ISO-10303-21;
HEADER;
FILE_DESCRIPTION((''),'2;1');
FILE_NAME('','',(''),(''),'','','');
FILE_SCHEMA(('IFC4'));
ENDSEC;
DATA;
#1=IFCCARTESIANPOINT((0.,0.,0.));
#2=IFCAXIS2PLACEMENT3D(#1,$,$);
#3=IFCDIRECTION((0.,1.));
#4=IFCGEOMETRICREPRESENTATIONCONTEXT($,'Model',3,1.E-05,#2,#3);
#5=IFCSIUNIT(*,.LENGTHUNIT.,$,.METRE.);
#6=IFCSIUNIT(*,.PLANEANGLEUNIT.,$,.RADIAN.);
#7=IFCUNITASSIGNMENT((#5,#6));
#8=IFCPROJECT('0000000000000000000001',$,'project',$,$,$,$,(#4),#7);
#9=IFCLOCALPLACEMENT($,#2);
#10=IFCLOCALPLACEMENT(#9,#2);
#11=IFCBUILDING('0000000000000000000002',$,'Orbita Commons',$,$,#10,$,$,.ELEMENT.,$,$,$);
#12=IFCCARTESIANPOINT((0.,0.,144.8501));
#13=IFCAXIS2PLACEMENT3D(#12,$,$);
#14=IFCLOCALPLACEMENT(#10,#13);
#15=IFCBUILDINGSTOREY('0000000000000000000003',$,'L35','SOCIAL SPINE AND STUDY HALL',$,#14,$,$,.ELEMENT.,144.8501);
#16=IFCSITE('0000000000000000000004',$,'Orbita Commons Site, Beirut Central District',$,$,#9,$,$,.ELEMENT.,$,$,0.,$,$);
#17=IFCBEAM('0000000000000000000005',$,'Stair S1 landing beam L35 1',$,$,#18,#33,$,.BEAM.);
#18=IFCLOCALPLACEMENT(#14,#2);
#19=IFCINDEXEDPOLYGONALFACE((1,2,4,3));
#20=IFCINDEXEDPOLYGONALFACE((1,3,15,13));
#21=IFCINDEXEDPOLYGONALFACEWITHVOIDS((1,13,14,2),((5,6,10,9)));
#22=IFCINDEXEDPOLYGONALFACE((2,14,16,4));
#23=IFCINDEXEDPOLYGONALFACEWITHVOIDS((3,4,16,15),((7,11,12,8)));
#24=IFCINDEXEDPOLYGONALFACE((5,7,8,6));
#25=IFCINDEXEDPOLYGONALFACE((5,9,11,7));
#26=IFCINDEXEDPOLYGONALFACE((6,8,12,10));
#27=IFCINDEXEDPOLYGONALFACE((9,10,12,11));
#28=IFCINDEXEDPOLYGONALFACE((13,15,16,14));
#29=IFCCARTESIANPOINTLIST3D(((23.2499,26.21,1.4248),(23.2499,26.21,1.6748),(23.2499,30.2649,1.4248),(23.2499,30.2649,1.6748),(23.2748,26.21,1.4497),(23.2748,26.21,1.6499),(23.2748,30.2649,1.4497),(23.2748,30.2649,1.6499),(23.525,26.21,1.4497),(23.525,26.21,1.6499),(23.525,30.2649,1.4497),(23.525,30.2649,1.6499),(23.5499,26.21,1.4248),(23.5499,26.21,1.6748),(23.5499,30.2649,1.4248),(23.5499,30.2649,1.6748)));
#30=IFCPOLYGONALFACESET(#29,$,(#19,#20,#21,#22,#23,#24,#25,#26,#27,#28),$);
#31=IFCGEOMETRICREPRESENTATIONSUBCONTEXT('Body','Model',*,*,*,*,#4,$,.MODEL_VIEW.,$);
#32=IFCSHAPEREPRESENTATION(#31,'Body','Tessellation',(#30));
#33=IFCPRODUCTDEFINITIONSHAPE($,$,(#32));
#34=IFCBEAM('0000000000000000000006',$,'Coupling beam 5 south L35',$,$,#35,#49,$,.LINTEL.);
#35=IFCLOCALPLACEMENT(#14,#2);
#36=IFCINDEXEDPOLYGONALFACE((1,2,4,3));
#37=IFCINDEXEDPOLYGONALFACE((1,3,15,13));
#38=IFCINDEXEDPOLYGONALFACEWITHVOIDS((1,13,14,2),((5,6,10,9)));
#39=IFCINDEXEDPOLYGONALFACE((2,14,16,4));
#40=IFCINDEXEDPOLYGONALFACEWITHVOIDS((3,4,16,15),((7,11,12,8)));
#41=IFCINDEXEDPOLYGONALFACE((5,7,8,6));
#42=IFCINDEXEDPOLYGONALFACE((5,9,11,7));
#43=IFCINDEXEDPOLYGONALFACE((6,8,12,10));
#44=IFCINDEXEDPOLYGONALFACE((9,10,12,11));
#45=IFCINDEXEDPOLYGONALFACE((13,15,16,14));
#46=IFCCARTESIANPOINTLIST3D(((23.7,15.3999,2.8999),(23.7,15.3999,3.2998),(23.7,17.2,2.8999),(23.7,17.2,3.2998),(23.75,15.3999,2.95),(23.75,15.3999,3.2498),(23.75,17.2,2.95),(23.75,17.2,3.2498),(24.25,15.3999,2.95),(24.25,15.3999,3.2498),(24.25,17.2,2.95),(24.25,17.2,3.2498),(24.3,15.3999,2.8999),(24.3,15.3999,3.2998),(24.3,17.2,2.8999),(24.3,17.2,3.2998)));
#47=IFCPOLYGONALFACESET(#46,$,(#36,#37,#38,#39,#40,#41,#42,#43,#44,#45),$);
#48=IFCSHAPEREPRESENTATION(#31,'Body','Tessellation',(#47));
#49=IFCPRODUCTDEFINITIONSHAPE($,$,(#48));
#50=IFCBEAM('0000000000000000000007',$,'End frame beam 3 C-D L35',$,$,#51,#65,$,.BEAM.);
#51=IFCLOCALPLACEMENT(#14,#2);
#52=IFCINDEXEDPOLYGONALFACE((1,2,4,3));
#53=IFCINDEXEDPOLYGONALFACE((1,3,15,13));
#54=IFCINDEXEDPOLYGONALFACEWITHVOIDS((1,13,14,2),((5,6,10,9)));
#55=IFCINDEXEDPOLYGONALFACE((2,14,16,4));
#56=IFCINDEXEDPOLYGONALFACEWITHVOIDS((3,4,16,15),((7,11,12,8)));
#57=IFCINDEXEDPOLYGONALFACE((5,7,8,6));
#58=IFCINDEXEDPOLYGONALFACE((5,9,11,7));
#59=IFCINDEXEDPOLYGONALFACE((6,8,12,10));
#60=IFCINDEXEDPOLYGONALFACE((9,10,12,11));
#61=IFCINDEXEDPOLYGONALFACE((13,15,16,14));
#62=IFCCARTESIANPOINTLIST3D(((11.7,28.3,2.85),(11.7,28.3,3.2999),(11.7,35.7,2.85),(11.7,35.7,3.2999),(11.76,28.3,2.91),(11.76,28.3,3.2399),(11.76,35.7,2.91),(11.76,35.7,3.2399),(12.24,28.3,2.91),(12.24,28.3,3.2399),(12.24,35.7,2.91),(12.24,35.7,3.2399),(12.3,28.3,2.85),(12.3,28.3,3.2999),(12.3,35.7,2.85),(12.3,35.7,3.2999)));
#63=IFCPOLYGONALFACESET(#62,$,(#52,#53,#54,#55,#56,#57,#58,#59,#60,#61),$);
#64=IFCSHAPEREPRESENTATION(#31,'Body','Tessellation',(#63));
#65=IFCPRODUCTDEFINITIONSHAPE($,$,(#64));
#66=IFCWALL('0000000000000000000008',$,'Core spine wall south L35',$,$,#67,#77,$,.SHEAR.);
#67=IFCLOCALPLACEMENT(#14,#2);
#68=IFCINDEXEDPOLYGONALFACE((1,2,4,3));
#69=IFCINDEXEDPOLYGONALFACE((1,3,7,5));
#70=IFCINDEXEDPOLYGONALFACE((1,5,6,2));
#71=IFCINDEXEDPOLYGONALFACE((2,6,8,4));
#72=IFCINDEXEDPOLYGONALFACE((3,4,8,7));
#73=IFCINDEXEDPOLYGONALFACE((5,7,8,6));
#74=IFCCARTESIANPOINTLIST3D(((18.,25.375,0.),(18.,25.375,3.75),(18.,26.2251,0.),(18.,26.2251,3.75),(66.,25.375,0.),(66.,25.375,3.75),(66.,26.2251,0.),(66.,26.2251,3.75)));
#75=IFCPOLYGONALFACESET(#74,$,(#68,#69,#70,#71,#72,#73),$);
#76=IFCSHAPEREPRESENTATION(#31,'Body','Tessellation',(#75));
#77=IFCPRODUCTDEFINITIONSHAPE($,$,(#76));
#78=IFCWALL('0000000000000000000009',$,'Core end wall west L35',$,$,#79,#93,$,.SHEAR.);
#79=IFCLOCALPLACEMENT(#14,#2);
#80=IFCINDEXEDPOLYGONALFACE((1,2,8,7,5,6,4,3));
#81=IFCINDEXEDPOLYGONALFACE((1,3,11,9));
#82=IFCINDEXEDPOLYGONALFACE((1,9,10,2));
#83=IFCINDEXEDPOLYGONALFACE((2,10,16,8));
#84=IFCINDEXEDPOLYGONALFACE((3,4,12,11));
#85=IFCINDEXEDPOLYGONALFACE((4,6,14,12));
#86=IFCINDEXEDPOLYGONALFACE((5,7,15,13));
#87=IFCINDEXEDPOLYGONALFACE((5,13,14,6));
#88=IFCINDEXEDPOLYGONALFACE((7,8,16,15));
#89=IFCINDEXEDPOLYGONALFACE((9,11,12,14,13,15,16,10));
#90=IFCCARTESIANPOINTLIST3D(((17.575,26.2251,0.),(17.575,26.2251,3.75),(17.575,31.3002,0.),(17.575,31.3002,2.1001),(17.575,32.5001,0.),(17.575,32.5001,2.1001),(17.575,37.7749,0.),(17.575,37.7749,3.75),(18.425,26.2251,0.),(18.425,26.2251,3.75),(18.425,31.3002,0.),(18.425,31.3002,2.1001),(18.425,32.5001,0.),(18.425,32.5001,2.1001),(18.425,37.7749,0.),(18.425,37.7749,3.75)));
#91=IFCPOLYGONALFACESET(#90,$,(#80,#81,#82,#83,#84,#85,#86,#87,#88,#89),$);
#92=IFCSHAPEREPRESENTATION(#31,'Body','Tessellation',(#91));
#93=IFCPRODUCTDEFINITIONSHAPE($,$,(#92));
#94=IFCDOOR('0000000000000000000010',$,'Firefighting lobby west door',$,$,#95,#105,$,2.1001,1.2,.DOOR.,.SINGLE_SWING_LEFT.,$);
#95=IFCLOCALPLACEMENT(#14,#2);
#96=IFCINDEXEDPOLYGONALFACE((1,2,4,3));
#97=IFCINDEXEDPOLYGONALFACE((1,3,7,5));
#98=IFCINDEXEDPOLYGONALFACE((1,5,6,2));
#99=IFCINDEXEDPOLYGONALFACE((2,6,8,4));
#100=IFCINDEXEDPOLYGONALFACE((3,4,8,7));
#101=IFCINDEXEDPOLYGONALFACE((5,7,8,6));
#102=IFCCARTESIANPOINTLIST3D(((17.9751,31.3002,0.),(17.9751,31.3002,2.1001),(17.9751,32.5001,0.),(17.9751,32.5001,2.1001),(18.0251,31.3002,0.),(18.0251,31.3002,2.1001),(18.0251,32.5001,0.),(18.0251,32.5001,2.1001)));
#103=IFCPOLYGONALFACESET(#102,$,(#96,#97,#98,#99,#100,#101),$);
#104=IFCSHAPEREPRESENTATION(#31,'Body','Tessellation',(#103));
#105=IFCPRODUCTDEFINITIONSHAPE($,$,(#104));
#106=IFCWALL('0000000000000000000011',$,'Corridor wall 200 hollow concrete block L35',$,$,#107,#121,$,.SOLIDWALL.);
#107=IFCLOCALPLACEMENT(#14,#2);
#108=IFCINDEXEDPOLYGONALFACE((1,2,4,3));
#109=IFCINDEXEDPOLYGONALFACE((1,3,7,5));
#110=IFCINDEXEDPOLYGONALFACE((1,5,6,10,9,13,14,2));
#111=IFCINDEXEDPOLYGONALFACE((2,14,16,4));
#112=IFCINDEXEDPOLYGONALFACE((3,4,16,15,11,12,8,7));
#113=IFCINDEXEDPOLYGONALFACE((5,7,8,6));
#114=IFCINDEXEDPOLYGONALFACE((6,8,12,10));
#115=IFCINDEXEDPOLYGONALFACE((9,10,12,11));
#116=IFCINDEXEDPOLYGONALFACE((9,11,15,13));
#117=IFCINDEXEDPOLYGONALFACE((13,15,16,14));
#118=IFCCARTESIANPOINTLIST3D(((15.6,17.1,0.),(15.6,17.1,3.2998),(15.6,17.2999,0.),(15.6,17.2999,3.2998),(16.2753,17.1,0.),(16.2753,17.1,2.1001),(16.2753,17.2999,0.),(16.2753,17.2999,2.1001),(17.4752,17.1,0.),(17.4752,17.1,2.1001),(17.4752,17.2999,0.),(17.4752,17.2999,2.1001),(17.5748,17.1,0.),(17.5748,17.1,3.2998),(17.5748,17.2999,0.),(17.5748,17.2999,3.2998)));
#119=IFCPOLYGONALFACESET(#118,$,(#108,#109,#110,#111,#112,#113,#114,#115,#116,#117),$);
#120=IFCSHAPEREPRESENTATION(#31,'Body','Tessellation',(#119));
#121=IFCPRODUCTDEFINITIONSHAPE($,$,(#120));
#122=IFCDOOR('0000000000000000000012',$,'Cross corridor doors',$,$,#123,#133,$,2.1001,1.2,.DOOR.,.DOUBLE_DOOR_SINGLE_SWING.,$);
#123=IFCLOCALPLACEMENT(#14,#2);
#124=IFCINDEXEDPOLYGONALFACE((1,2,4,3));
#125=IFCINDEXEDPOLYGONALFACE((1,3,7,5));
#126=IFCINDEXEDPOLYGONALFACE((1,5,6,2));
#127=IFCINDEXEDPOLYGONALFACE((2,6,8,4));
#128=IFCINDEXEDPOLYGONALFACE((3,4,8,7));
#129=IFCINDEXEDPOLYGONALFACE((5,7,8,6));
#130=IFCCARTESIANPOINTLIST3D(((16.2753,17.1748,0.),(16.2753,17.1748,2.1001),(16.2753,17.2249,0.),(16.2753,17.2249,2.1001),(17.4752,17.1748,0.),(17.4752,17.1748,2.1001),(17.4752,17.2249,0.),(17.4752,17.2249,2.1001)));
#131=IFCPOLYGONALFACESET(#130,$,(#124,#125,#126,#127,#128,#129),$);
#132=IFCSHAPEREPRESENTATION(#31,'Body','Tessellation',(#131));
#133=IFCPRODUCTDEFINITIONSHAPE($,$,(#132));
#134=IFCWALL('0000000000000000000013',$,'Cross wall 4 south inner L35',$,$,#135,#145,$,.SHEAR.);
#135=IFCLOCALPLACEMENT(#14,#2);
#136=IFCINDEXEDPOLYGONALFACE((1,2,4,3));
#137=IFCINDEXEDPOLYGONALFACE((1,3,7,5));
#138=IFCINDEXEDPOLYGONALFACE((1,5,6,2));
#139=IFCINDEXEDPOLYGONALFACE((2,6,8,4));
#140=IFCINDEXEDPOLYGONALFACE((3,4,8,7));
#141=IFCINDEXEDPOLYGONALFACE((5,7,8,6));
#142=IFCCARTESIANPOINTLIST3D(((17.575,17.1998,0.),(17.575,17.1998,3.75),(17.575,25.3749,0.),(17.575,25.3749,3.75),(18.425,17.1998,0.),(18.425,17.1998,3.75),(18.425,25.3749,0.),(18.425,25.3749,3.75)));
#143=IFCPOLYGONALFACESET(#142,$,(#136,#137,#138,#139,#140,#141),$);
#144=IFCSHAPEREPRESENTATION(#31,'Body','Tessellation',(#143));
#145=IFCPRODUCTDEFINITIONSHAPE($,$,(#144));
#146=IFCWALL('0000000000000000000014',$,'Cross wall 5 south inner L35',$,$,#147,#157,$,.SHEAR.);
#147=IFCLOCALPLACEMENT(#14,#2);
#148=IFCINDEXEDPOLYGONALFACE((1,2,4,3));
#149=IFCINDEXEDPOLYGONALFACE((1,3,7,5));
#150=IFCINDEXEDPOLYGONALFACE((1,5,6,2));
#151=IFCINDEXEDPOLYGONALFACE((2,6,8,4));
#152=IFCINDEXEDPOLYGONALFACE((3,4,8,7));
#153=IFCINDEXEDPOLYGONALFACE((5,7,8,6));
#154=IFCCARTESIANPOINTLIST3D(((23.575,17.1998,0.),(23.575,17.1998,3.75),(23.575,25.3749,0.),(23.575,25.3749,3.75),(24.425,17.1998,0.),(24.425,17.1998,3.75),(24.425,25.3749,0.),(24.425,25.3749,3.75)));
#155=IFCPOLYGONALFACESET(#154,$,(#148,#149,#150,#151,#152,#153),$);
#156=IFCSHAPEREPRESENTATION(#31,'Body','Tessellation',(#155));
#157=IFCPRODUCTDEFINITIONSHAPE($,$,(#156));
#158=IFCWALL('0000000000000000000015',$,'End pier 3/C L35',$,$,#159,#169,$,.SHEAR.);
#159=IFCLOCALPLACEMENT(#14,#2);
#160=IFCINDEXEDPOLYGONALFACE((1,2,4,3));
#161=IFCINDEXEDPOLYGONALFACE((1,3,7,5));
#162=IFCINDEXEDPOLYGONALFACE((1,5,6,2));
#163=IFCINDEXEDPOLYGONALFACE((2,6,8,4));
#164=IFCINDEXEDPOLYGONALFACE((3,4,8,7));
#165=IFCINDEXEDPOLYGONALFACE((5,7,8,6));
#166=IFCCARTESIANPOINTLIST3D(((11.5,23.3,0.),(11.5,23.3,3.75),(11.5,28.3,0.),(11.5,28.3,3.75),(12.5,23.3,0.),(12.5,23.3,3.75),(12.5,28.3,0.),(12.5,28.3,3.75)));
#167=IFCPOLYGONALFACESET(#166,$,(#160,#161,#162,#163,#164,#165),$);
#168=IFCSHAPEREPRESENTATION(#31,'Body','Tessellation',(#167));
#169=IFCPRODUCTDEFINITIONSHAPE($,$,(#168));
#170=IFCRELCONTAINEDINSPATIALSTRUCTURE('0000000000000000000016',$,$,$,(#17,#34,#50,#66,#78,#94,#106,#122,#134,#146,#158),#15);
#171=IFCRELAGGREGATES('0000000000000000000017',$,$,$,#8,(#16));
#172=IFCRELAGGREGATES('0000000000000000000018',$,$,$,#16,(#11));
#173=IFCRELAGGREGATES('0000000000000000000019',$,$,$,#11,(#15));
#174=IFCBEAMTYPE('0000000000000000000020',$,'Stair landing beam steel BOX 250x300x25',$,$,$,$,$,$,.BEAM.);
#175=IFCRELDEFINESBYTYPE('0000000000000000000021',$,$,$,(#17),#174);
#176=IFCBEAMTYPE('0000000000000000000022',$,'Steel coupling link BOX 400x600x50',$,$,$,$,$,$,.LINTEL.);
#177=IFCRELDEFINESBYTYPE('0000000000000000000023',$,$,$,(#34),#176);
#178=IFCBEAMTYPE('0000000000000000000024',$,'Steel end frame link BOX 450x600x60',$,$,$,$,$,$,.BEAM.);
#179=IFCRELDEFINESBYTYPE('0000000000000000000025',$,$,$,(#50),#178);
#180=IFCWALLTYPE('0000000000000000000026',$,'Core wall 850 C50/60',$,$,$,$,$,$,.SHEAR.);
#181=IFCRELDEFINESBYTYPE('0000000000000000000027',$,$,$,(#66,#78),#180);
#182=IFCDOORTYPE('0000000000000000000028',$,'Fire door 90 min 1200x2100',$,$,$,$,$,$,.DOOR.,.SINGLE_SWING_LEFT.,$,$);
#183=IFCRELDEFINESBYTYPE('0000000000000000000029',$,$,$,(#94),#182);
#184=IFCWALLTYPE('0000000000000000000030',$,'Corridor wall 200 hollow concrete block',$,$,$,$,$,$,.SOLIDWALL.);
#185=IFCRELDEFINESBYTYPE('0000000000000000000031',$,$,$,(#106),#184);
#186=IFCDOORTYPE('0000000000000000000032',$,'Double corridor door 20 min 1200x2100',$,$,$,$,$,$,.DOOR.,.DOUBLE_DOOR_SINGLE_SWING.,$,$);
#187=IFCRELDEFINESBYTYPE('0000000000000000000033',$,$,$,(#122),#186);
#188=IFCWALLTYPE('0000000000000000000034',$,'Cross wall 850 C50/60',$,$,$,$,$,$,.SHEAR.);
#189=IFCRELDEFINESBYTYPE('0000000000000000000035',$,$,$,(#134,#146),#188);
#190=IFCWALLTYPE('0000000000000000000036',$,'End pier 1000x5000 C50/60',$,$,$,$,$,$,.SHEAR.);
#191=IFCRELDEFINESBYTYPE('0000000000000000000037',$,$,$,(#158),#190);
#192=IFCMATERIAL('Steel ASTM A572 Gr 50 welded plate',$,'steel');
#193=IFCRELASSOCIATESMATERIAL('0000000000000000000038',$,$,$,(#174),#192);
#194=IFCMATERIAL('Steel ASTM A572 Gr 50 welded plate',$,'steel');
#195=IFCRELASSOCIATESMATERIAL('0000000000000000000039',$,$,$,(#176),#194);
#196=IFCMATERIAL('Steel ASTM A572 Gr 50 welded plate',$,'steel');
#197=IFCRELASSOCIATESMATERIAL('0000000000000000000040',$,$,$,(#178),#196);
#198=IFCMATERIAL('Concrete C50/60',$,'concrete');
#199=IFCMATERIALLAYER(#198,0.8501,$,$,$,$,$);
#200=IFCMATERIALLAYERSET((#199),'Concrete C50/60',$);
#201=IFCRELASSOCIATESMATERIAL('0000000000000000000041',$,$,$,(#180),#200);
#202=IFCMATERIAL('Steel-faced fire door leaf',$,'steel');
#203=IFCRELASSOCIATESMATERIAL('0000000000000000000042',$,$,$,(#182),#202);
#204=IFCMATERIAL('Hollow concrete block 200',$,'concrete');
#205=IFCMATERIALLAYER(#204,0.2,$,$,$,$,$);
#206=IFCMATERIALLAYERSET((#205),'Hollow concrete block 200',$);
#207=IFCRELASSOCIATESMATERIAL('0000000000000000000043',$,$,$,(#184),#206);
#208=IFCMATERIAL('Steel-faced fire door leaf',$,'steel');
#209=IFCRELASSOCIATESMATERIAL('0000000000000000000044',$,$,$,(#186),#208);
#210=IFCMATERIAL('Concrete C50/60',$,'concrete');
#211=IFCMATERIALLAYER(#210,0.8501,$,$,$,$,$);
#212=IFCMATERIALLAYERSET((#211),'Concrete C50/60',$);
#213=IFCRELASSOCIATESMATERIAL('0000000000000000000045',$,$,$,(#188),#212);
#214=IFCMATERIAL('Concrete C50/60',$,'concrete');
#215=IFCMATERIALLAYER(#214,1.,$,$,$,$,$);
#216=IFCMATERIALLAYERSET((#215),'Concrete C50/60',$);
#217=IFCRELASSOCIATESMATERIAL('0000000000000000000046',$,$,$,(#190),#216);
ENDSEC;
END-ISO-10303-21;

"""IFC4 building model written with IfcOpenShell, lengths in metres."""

from ifc_helpers import new_model, si_unit, direction, frame, frame_2d, origin, origin_2d, place, context, subcontext, project, spatial, rectangle, hollow_rectangle, extrude, material, layer, layer_set, material_profile, profile_set, type_object, element, fill, save


model = new_model("IFC4")

# Units and contexts
model_context = context("Model", 3, precision=1e-05, world=origin(), true_north=direction((0.0, 1.0)))
body_context = subcontext(model_context, "Body", "Model", "MODEL_VIEW")
ifc_project = project(units=[si_unit("LENGTHUNIT", "METRE"), si_unit("PLANEANGLEUNIT", "RADIAN")], contexts=[model_context])

# Site, building, storey
site_placement = place(None, origin())
site = spatial("IfcSite", under=ifc_project, at=site_placement, Name="Orbita Commons Site, Beirut Central District", CompositionType="ELEMENT", RefElevation=0.0)
building_placement = place(site_placement, origin())
building = spatial("IfcBuilding", under=site, at=building_placement, Name="Orbita Commons", CompositionType="ELEMENT")
storey_placement = place(building_placement, frame((0.0, 0.0, 144.8501)))
storey = spatial("IfcBuildingStorey", under=building, at=storey_placement, Name="L35", Description="SOCIAL SPINE AND STUDY HALL", CompositionType="ELEMENT", Elevation=144.8501)

# Beams
ifc_material_1 = material(Name="Steel ASTM A572 Gr 50 welded plate", Category="steel")
ifc_material_profile_1 = material_profile(ifc_material_1, hollow_rectangle(XDim=0.3, YDim=0.25, WallThickness=0.0249, at=origin_2d()), Name="BOX 250x300x25")
ifc_profile_set_1 = profile_set([ifc_material_profile_1], Name="Steel ASTM A572 Gr 50 welded plate")
beam_type_1 = type_object("IfcBeamType", Name="Stair landing beam steel BOX 250x300x25", PredefinedType="BEAM", material=ifc_profile_set_1)
beam_1_placement = place(storey_placement, frame((23.3999, 26.21, 1.5498), z_axis=(0.0, 1.0, 0.0), x_axis=(-1.0, 0.0, 0.0)))
element("IfcBeam", 1, at=beam_1_placement, inside=storey, type_object=beam_type_1, Name="Stair S1 landing beam L35 1", PredefinedType="BEAM", context=body_context, shape_type="SweptSolid", body=[
    extrude(hollow_rectangle(XDim=0.3, YDim=0.25, WallThickness=0.0249, at=origin_2d()), origin(), (0.0, 0.0, 1.0), 4.0549),
])
ifc_material_2 = material(Name="Steel ASTM A572 Gr 50 welded plate", Category="steel")
ifc_material_profile_2 = material_profile(ifc_material_2, hollow_rectangle(XDim=0.6001, YDim=0.3999, WallThickness=0.05, at=origin_2d()), Name="BOX 400x600x50")
ifc_profile_set_2 = profile_set([ifc_material_profile_2], Name="Steel ASTM A572 Gr 50 welded plate")
beam_type_2 = type_object("IfcBeamType", Name="Steel coupling link BOX 400x600x50", PredefinedType="LINTEL", material=ifc_profile_set_2)
beam_2_placement = place(storey_placement, frame((24.0, 15.3999, 3.0999), z_axis=(0.0, 1.0, 0.0), x_axis=(-1.0, 0.0, 0.0)))
element("IfcBeam", 2, at=beam_2_placement, inside=storey, type_object=beam_type_2, Name="Coupling beam 5 south L35", PredefinedType="LINTEL", context=body_context, shape_type="SweptSolid", body=[
    extrude(hollow_rectangle(XDim=0.6001, YDim=0.3999, WallThickness=0.05, at=origin_2d()), origin(), (0.0, 0.0, 1.0), 1.8),
])
ifc_material_3 = material(Name="Steel ASTM A572 Gr 50 welded plate", Category="steel")
ifc_material_profile_3 = material_profile(ifc_material_3, hollow_rectangle(XDim=0.6001, YDim=0.45, WallThickness=0.0601, at=origin_2d()), Name="BOX 450x600x60")
ifc_profile_set_3 = profile_set([ifc_material_profile_3], Name="Steel ASTM A572 Gr 50 welded plate")
beam_type_3 = type_object("IfcBeamType", Name="Steel end frame link BOX 450x600x60", PredefinedType="BEAM", material=ifc_profile_set_3)
beam_3_placement = place(storey_placement, frame((12.0, 28.3, 3.075), z_axis=(0.0, 1.0, 0.0), x_axis=(-1.0, 0.0, 0.0)))
element("IfcBeam", 3, at=beam_3_placement, inside=storey, type_object=beam_type_3, Name="End frame beam 3 C-D L35", PredefinedType="BEAM", context=body_context, shape_type="SweptSolid", body=[
    extrude(hollow_rectangle(XDim=0.6001, YDim=0.45, WallThickness=0.0601, at=origin_2d()), origin(), (0.0, 0.0, 1.0), 7.3999),
])

# Wall
ifc_material_4 = material(Name="Concrete C50/60", Category="concrete")
ifc_layer_1 = layer(ifc_material_4, 0.8501)
ifc_layer_set_1 = layer_set([ifc_layer_1], Name="Concrete C50/60")
wall_type_1 = type_object("IfcWallType", Name="Core wall 850 C50/60", PredefinedType="SHEAR", material=ifc_layer_set_1)
wall_1_placement = place(storey_placement, frame((18.0, 25.8, 0.0), z_axis=(0.0, 0.0, 1.0), x_axis=(1.0, 0.0, 0.0)))
element("IfcWall", 4, at=wall_1_placement, inside=storey, type_object=wall_type_1, Name="Core spine wall south L35", PredefinedType="SHEAR", context=body_context, shape_type="SweptSolid", body=[
    extrude(rectangle(XDim=48.0, YDim=0.8501, at=frame_2d((24.0, 0.0))), origin(), (0.0, 0.0, 1.0), 3.75),
])

# Walls, openings, doors
wall_2_placement = place(storey_placement, frame((18.0, 26.2251, 0.0), z_axis=(0.0, 0.0, 1.0), x_axis=(0.0, 1.0, 0.0)))
wall_2 = element("IfcWall", 5, at=wall_2_placement, inside=storey, type_object=wall_type_1, Name="Core end wall west L35", PredefinedType="SHEAR", context=body_context, shape_type="SweptSolid", body=[
    extrude(rectangle(XDim=11.5498, YDim=0.8501, at=frame_2d((5.7749, 0.0))), origin(), (0.0, 0.0, 1.0), 3.75),
])
opening_1_placement = place(wall_2_placement, frame((5.075, 0.0, 0.0)))
opening_1 = element("IfcOpeningElement", 6, at=opening_1_placement, cuts=wall_2, PredefinedType="OPENING", context=body_context, shape_type="SweptSolid", body=[
    extrude(rectangle(XDim=1.2, YDim=2.1001, at=frame_2d((0.6001, 1.05))), frame((0.0, 0.4351, 0.0), z_axis=(0.0, -1.0, 0.0), x_axis=(1.0, 0.0, 0.0)), (0.0, 0.0, 1.0), 0.8701),
])
ifc_material_5 = material(Name="Steel-faced fire door leaf", Category="steel")
door_type_1 = type_object("IfcDoorType", Name="Fire door 90 min 1200x2100", OperationType="SINGLE_SWING_LEFT", PredefinedType="DOOR", material=ifc_material_5)
door_1_placement = place(opening_1_placement, origin())
door_1 = element("IfcDoor", 7, at=door_1_placement, inside=storey, type_object=door_type_1, Name="Firefighting lobby west door", OperationType="SINGLE_SWING_LEFT", OverallHeight=2.1001, OverallWidth=1.2, PredefinedType="DOOR", context=body_context, shape_type="SweptSolid", body=[
    extrude(rectangle(XDim=1.2, YDim=2.1001, at=frame_2d((0.6001, 1.05))), frame((0.0, 0.0249, 0.0), z_axis=(0.0, -1.0, 0.0), x_axis=(1.0, 0.0, 0.0)), (0.0, 0.0, 1.0), 0.05),
])
fill(opening_1, door_1)
ifc_material_6 = material(Name="Hollow concrete block 200", Category="concrete")
ifc_layer_2 = layer(ifc_material_6, 0.2)
ifc_layer_set_2 = layer_set([ifc_layer_2], Name="Hollow concrete block 200")
wall_type_2 = type_object("IfcWallType", Name="Corridor wall 200 hollow concrete block", PredefinedType="SOLIDWALL", material=ifc_layer_set_2)
wall_3_placement = place(storey_placement, frame((15.6001, 17.2, 0.0), z_axis=(0.0, 0.0, 1.0), x_axis=(1.0, 0.0, 0.0)))
wall_3 = element("IfcWall", 8, at=wall_3_placement, inside=storey, type_object=wall_type_2, Name="Corridor wall 200 hollow concrete block L35", PredefinedType="SOLIDWALL", context=body_context, shape_type="SweptSolid", body=[
    extrude(rectangle(XDim=1.9749, YDim=0.2, at=frame_2d((0.9873, 0.0))), origin(), (0.0, 0.0, 1.0), 3.2998),
])
opening_2_placement = place(wall_3_placement, frame((0.675, 0.0, 0.0)))
opening_2 = element("IfcOpeningElement", 9, at=opening_2_placement, cuts=wall_3, PredefinedType="OPENING", context=body_context, shape_type="SweptSolid", body=[
    extrude(rectangle(XDim=1.2, YDim=2.1001, at=frame_2d((0.6001, 1.05))), frame((0.0, 0.1099, 0.0), z_axis=(0.0, -1.0, 0.0), x_axis=(1.0, 0.0, 0.0)), (0.0, 0.0, 1.0), 0.22),
])
ifc_material_7 = material(Name="Steel-faced fire door leaf", Category="steel")
door_type_2 = type_object("IfcDoorType", Name="Double corridor door 20 min 1200x2100", OperationType="DOUBLE_DOOR_SINGLE_SWING", PredefinedType="DOOR", material=ifc_material_7)
door_2_placement = place(opening_2_placement, origin())
door_2 = element("IfcDoor", 10, at=door_2_placement, inside=storey, type_object=door_type_2, Name="Cross corridor doors", OperationType="DOUBLE_DOOR_SINGLE_SWING", OverallHeight=2.1001, OverallWidth=1.2, PredefinedType="DOOR", context=body_context, shape_type="SweptSolid", body=[
    extrude(rectangle(XDim=1.2, YDim=2.1001, at=frame_2d((0.6001, 1.05))), frame((0.0, 0.0249, 0.0), z_axis=(0.0, -1.0, 0.0), x_axis=(1.0, 0.0, 0.0)), (0.0, 0.0, 1.0), 0.05),
])
fill(opening_2, door_2)

# Walls
ifc_material_8 = material(Name="Concrete C50/60", Category="concrete")
ifc_layer_3 = layer(ifc_material_8, 0.8501)
ifc_layer_set_3 = layer_set([ifc_layer_3], Name="Concrete C50/60")
wall_type_3 = type_object("IfcWallType", Name="Cross wall 850 C50/60", PredefinedType="SHEAR", material=ifc_layer_set_3)
for number, where, z_axis, x_axis, name in (
    (11, (18.0, 17.2, 0.0), (0.0, 0.0, 1.0), (0.0, 1.0, 0.0), "Cross wall 4 south inner L35"),
    (12, (24.0, 17.2, 0.0), (0.0, 0.0, 1.0), (0.0, 1.0, 0.0), "Cross wall 5 south inner L35"),
):
    element("IfcWall", number, at=place(storey_placement, frame(where, z_axis=z_axis, x_axis=x_axis)), inside=storey, type_object=wall_type_3, Name=name, PredefinedType="SHEAR", context=body_context, shape_type="SweptSolid", body=[
        extrude(rectangle(XDim=8.175, YDim=0.8501, at=frame_2d((4.0874, 0.0))), origin(), (0.0, 0.0, 1.0), 3.75),
    ])
ifc_material_9 = material(Name="Concrete C50/60", Category="concrete")
ifc_layer_4 = layer(ifc_material_9, 1.0)
ifc_layer_set_4 = layer_set([ifc_layer_4], Name="Concrete C50/60")
wall_type_4 = type_object("IfcWallType", Name="End pier 1000x5000 C50/60", PredefinedType="SHEAR", material=ifc_layer_set_4)
wall_4_placement = place(storey_placement, frame((12.0, 23.3, 0.0), z_axis=(0.0, 0.0, 1.0), x_axis=(0.0, 1.0, 0.0)))
element("IfcWall", 13, at=wall_4_placement, inside=storey, type_object=wall_type_4, Name="End pier 3/C L35", PredefinedType="SHEAR", context=body_context, shape_type="SweptSolid", body=[
    extrude(rectangle(XDim=5.0, YDim=1.0, at=frame_2d((2.5, 0.0))), origin(), (0.0, 0.0, 1.0), 3.75),
])

save(model, "model.ifc")
